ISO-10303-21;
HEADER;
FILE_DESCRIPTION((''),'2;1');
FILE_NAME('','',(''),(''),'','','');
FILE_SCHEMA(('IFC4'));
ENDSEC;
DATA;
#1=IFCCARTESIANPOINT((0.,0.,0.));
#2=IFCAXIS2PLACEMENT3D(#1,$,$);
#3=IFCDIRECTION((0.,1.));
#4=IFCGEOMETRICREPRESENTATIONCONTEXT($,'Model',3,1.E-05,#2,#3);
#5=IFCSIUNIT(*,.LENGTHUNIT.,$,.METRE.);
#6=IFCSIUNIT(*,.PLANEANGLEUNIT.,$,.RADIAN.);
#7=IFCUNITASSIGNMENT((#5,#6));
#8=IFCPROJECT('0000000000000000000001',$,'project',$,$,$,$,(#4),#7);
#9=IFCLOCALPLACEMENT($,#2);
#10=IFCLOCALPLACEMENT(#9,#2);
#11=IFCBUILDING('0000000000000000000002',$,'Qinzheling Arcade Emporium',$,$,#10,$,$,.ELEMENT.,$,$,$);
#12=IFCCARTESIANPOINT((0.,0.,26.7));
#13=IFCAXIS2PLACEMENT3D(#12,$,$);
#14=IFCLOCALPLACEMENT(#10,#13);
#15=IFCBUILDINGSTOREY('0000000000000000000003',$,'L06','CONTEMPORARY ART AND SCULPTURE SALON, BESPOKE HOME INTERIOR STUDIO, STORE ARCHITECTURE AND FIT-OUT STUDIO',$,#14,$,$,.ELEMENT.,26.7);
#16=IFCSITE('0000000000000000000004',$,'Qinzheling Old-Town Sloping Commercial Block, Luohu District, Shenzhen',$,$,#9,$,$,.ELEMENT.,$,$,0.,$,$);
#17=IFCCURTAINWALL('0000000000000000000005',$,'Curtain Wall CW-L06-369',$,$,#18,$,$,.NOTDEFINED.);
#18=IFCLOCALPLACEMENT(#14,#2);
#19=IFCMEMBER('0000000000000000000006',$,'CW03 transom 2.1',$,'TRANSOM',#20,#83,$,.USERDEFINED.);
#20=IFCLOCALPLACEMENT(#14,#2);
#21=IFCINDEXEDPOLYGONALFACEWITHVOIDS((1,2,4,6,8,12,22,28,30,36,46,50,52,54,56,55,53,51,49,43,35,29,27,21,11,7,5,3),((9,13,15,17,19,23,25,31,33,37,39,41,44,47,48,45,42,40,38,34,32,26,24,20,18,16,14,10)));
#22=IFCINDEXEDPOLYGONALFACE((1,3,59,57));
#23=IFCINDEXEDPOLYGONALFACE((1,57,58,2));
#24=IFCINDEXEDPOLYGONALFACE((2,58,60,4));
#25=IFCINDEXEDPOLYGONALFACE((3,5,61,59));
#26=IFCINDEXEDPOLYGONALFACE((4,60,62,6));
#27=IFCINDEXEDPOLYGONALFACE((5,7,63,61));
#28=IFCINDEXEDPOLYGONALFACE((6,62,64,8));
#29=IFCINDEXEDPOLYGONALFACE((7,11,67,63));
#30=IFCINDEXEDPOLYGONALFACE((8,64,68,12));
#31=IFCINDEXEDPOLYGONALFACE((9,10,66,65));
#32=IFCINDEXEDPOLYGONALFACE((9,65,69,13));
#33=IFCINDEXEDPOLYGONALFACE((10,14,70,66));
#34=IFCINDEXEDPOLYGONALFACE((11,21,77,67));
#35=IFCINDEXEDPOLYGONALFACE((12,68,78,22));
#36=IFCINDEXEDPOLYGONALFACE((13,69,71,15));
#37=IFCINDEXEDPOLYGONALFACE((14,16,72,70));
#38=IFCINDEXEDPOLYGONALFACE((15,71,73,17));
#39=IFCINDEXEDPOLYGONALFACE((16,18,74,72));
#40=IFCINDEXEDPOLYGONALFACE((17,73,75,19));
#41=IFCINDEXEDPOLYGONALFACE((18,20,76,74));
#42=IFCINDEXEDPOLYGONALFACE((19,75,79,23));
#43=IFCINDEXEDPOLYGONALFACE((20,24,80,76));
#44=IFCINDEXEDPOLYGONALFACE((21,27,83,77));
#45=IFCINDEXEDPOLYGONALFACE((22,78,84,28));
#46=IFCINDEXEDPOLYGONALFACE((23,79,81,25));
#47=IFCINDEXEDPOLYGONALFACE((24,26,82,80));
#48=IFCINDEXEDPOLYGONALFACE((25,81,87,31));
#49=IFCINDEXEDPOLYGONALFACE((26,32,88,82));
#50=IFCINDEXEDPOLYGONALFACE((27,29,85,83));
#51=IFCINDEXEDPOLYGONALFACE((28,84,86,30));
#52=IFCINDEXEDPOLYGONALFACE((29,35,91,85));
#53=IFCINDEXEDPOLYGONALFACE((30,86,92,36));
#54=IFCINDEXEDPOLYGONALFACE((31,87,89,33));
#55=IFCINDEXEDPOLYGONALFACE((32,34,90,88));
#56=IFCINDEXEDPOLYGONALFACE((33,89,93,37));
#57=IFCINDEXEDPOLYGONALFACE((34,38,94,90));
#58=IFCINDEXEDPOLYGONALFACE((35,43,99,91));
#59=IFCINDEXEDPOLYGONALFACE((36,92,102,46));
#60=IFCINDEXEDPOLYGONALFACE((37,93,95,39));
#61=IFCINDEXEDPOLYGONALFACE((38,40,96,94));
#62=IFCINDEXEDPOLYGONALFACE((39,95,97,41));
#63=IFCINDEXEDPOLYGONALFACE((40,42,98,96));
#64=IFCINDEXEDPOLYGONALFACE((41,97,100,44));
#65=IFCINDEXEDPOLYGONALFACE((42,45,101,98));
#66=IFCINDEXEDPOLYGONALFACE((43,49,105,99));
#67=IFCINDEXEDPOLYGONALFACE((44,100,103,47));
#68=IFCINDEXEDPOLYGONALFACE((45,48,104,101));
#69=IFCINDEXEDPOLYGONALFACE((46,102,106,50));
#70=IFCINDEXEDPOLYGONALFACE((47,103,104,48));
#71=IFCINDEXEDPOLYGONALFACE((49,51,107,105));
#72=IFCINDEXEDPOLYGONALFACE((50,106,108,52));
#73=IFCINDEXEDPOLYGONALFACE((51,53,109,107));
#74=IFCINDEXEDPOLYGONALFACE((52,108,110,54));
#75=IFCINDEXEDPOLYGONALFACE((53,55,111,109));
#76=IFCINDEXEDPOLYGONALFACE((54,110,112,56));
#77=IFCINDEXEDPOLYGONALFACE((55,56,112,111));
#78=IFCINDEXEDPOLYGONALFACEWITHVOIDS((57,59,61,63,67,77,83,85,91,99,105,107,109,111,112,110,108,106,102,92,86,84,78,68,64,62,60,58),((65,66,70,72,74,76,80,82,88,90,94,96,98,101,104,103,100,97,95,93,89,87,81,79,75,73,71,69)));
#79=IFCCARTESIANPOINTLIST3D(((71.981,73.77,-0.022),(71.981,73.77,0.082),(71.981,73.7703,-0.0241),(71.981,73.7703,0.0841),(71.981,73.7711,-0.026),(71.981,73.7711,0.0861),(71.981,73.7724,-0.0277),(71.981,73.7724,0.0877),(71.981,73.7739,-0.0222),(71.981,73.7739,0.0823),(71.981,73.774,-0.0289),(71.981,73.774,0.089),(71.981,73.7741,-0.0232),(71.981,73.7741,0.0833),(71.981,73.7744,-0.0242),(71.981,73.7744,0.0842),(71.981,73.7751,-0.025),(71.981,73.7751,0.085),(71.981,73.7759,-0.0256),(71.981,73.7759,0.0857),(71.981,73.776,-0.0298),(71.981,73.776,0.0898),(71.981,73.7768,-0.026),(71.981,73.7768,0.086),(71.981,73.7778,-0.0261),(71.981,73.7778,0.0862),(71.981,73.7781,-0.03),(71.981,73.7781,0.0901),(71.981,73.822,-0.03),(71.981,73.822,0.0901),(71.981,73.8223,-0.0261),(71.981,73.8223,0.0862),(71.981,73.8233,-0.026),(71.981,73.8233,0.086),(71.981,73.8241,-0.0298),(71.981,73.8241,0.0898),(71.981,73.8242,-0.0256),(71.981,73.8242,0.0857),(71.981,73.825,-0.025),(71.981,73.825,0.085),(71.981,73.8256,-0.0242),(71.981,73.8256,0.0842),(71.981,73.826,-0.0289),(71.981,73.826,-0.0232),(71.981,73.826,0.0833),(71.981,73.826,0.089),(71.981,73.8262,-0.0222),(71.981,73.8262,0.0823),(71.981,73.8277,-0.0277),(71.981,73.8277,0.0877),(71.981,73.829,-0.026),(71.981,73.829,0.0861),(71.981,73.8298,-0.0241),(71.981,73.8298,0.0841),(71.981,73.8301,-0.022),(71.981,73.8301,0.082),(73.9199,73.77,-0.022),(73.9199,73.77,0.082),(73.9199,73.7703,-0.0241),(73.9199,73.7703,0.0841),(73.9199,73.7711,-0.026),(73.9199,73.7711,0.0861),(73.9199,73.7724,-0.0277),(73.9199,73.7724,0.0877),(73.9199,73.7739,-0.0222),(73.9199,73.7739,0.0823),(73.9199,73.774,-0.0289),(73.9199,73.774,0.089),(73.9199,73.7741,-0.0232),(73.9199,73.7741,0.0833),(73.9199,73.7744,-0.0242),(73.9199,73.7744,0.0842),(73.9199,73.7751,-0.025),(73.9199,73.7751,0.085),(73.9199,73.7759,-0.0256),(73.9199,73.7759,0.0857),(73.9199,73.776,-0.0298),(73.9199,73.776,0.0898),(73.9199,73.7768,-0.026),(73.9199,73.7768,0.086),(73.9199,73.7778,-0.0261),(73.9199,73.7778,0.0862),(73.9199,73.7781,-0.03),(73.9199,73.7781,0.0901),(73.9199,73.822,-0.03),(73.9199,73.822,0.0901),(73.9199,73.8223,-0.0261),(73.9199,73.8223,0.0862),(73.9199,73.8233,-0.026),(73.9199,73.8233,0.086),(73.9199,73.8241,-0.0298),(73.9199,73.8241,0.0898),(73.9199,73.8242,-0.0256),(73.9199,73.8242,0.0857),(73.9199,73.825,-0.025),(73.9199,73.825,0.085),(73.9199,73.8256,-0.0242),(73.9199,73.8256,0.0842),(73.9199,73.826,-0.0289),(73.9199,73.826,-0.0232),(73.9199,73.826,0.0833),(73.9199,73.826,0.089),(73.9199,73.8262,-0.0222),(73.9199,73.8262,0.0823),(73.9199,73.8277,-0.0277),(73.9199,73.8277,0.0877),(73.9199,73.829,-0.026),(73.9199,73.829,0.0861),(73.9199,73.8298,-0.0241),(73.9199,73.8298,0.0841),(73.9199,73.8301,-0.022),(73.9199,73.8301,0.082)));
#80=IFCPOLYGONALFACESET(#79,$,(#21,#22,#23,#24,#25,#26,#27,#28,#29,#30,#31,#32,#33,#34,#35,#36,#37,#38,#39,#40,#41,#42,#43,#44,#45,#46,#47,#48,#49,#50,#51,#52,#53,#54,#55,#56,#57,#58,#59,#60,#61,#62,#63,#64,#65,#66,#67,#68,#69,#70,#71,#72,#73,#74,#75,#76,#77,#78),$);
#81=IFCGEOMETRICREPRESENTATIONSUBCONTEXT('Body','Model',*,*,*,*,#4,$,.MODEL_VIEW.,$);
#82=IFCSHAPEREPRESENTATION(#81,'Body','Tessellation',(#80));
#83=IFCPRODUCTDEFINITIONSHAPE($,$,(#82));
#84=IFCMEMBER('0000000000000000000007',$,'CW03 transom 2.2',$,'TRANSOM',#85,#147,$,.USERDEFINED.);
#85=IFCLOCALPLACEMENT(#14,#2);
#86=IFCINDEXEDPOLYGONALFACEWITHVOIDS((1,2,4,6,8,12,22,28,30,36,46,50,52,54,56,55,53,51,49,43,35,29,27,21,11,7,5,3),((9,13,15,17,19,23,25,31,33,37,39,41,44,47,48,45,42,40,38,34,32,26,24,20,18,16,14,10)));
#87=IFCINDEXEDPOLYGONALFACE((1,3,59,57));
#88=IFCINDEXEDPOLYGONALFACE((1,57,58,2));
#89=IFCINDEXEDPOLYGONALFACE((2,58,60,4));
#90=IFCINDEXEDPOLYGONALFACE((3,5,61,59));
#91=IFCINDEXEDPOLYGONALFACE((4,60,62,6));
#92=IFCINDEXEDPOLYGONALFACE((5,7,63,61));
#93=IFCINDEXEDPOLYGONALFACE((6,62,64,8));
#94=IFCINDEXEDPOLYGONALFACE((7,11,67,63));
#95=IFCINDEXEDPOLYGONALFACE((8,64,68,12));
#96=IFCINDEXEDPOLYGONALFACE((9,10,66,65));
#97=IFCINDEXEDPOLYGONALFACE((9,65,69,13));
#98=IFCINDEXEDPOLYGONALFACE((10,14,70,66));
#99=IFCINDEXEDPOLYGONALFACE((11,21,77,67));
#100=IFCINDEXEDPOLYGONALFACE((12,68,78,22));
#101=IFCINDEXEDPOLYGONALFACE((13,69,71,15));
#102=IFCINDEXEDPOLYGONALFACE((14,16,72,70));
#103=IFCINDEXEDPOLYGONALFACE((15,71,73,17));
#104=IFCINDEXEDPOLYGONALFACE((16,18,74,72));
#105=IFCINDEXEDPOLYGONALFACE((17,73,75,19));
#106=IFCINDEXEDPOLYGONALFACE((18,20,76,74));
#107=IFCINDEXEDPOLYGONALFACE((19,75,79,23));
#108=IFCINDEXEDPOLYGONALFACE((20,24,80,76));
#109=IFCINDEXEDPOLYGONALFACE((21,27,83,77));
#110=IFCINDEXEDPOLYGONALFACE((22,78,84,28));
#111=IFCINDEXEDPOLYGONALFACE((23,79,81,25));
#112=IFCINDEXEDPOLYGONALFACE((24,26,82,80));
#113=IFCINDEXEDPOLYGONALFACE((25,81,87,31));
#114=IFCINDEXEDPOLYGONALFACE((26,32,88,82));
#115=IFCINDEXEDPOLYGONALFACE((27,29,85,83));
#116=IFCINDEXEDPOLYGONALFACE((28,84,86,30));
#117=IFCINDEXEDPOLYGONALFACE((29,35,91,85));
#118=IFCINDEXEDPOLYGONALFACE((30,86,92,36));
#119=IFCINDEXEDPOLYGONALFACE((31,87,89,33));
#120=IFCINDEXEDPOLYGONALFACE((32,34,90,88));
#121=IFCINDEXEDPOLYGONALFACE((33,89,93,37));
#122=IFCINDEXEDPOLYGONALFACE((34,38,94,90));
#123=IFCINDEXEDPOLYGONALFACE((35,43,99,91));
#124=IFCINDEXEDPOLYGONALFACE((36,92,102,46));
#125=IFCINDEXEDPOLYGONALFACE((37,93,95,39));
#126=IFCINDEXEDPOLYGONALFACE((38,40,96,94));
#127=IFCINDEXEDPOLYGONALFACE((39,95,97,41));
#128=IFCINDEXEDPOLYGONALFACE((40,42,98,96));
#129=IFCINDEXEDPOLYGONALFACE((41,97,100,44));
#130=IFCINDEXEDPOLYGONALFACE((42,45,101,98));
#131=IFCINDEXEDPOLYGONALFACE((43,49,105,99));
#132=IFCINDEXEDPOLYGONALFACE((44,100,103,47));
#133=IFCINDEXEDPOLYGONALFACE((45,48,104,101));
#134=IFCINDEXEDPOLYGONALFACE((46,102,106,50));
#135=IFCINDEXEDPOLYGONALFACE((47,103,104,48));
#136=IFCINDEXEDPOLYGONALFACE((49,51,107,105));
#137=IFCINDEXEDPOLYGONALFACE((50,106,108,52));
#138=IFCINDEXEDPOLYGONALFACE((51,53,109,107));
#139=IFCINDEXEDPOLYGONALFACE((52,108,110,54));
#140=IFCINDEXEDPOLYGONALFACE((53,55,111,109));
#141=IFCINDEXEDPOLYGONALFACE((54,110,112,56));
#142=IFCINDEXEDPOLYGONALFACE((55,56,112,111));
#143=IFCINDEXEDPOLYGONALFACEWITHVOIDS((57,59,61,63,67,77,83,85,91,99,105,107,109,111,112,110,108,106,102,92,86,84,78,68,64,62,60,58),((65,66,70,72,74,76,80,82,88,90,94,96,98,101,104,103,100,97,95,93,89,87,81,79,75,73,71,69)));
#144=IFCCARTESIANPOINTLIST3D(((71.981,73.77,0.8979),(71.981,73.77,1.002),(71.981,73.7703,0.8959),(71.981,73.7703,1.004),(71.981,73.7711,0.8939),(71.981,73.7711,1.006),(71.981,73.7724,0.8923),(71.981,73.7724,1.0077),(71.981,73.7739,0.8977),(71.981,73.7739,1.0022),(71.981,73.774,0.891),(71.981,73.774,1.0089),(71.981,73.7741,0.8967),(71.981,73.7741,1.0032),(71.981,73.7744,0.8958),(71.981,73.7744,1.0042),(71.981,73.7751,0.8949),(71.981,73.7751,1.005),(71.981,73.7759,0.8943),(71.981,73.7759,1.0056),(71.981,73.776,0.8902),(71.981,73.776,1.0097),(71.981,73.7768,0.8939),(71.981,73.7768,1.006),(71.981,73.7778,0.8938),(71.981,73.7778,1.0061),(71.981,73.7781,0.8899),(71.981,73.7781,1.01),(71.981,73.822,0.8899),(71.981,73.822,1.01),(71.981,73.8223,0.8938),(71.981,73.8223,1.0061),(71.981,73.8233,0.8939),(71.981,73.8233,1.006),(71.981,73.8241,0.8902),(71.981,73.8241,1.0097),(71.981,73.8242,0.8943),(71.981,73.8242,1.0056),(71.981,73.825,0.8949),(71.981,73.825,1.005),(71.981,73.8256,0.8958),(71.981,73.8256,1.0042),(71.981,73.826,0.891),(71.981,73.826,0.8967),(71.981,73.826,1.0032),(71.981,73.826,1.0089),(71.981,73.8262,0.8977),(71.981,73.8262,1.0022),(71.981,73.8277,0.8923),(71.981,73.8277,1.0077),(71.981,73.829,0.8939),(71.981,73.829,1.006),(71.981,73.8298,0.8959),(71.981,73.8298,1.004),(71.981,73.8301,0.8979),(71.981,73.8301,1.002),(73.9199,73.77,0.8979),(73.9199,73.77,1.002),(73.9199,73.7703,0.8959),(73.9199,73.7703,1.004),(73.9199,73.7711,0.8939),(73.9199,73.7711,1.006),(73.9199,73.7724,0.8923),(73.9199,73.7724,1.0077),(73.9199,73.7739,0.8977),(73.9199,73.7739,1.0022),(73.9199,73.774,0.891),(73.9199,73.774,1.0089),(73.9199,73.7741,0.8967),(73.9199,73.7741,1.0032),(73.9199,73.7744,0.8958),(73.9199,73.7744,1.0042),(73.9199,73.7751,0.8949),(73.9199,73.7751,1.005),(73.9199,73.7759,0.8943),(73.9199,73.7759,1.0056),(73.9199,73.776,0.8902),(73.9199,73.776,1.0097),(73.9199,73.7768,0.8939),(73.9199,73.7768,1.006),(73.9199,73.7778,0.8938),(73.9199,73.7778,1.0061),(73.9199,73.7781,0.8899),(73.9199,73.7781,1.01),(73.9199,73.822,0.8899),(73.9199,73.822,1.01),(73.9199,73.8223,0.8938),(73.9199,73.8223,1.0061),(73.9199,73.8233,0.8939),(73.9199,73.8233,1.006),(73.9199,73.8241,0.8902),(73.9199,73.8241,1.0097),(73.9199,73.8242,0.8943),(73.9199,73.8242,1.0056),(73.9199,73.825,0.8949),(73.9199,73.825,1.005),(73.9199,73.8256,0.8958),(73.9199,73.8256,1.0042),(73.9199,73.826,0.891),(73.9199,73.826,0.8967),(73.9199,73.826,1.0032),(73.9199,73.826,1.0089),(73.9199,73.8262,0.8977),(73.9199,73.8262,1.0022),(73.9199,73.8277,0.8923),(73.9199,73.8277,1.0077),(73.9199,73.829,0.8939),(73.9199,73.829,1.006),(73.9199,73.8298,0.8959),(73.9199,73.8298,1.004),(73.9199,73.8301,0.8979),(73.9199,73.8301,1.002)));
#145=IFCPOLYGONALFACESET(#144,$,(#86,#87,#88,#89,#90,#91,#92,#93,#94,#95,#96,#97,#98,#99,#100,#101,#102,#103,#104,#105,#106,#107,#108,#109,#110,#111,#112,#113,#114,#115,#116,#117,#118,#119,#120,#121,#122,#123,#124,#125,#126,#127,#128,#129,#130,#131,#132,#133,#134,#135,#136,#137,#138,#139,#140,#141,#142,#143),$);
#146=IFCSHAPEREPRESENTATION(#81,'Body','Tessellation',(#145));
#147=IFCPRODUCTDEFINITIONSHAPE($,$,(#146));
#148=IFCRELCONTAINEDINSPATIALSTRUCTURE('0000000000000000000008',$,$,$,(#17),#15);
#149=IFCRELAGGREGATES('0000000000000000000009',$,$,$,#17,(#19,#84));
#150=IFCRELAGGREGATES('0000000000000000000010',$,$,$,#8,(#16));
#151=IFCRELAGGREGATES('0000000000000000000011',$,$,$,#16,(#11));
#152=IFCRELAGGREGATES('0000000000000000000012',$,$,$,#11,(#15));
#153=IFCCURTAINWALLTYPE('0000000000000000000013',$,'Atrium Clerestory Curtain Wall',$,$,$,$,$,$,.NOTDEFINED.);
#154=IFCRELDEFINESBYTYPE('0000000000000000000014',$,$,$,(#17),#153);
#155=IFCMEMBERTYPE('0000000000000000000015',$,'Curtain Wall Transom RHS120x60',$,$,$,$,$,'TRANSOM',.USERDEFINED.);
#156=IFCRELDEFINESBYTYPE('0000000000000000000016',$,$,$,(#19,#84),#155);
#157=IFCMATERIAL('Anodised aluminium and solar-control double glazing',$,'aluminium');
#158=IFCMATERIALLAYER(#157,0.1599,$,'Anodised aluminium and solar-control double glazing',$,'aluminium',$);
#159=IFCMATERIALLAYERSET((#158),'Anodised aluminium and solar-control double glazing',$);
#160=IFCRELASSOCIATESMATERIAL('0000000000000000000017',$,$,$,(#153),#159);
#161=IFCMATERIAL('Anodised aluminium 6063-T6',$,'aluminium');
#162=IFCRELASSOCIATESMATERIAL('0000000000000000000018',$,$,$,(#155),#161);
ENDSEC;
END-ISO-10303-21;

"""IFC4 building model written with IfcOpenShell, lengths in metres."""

from ifc_helpers import new_model, si_unit, direction, frame, origin, origin_2d, place, context, subcontext, project, spatial, hollow_rectangle, extrude, material, layer, layer_set, material_profile, profile_set, type_object, element, aggregate, save


model = new_model("IFC4")

# Units and contexts
model_context = context("Model", 3, precision=1e-05, world=origin(), true_north=direction((0.0, 1.0)))
body_context = subcontext(model_context, "Body", "Model", "MODEL_VIEW")
ifc_project = project(units=[si_unit("LENGTHUNIT", "METRE"), si_unit("PLANEANGLEUNIT", "RADIAN")], contexts=[model_context])

# Site, building, storey
site_placement = place(None, origin())
site = spatial("IfcSite", under=ifc_project, at=site_placement, Name="Qinzheling Old-Town Sloping Commercial Block, Luohu District, Shenzhen", CompositionType="ELEMENT", RefElevation=0.0)
building_placement = place(site_placement, origin())
building = spatial("IfcBuilding", under=site, at=building_placement, Name="Qinzheling Arcade Emporium", CompositionType="ELEMENT")
storey_placement = place(building_placement, frame((0.0, 0.0, 26.7)))
storey = spatial("IfcBuildingStorey", under=building, at=storey_placement, Name="L06", Description="CONTEMPORARY ART AND SCULPTURE SALON, BESPOKE HOME INTERIOR STUDIO, STORE ARCHITECTURE AND FIT-OUT STUDIO", CompositionType="ELEMENT", Elevation=26.7)

# Curtain wall, members
ifc_material_1 = material(Name="Anodised aluminium and solar-control double glazing", Category="aluminium")
ifc_layer_1 = layer(ifc_material_1, 0.1599, Name="Anodised aluminium and solar-control double glazing", Category="aluminium")
ifc_layer_set_1 = layer_set([ifc_layer_1], Name="Anodised aluminium and solar-control double glazing")
curtain_wall_type = type_object("IfcCurtainWallType", Name="Atrium Clerestory Curtain Wall", PredefinedType="NOTDEFINED", material=ifc_layer_set_1)
curtain_wall_placement = place(storey_placement, origin())
curtain_wall = element("IfcCurtainWall", 1, at=curtain_wall_placement, inside=storey, type_object=curtain_wall_type, Name="Curtain Wall CW-L06-369", PredefinedType="NOTDEFINED")
ifc_material_2 = material(Name="Anodised aluminium 6063-T6", Category="aluminium")
ifc_material_profile_1 = material_profile(ifc_material_2, hollow_rectangle(XDim=0.0601, YDim=0.1201, WallThickness=0.0039, InnerFilletRadius=0.0039, OuterFilletRadius=0.0081, at=origin_2d()), Name="RHS 120x60x4", Category="aluminium")
ifc_profile_set_1 = profile_set([ifc_material_profile_1], Name="Anodised aluminium 6063-T6")
member_type_1 = type_object("IfcMemberType", Name="Curtain Wall Transom RHS120x60", ElementType="TRANSOM", PredefinedType="USERDEFINED", material=ifc_profile_set_1)
member_1_placement = place(storey_placement, frame((71.981, 73.8, 0.03), z_axis=(1.0, 0.0, 0.0), x_axis=(0.0, 1.0, 0.0)))
member_1 = element("IfcMember", 2, at=member_1_placement, type_object=member_type_1, Name="CW03 transom 2.1", ObjectType="TRANSOM", PredefinedType="USERDEFINED", context=body_context, shape_type="SweptSolid", body=[
    extrude(hollow_rectangle(XDim=0.0601, YDim=0.1201, WallThickness=0.0039, InnerFilletRadius=0.0039, OuterFilletRadius=0.0081, at=origin_2d()), origin(), (0.0, 0.0, 1.0), 1.939),
])
member_2_placement = place(storey_placement, frame((71.981, 73.8, 0.95), z_axis=(1.0, 0.0, 0.0), x_axis=(0.0, 1.0, 0.0)))
member_2 = element("IfcMember", 3, at=member_2_placement, type_object=member_type_1, Name="CW03 transom 2.2", ObjectType="TRANSOM", PredefinedType="USERDEFINED", context=body_context, shape_type="SweptSolid", body=[
    extrude(hollow_rectangle(XDim=0.0601, YDim=0.1201, WallThickness=0.0039, InnerFilletRadius=0.0039, OuterFilletRadius=0.0081, at=origin_2d()), origin(), (0.0, 0.0, 1.0), 1.939),
])
aggregate(curtain_wall, [member_1, member_2])

save(model, "model.ifc")
